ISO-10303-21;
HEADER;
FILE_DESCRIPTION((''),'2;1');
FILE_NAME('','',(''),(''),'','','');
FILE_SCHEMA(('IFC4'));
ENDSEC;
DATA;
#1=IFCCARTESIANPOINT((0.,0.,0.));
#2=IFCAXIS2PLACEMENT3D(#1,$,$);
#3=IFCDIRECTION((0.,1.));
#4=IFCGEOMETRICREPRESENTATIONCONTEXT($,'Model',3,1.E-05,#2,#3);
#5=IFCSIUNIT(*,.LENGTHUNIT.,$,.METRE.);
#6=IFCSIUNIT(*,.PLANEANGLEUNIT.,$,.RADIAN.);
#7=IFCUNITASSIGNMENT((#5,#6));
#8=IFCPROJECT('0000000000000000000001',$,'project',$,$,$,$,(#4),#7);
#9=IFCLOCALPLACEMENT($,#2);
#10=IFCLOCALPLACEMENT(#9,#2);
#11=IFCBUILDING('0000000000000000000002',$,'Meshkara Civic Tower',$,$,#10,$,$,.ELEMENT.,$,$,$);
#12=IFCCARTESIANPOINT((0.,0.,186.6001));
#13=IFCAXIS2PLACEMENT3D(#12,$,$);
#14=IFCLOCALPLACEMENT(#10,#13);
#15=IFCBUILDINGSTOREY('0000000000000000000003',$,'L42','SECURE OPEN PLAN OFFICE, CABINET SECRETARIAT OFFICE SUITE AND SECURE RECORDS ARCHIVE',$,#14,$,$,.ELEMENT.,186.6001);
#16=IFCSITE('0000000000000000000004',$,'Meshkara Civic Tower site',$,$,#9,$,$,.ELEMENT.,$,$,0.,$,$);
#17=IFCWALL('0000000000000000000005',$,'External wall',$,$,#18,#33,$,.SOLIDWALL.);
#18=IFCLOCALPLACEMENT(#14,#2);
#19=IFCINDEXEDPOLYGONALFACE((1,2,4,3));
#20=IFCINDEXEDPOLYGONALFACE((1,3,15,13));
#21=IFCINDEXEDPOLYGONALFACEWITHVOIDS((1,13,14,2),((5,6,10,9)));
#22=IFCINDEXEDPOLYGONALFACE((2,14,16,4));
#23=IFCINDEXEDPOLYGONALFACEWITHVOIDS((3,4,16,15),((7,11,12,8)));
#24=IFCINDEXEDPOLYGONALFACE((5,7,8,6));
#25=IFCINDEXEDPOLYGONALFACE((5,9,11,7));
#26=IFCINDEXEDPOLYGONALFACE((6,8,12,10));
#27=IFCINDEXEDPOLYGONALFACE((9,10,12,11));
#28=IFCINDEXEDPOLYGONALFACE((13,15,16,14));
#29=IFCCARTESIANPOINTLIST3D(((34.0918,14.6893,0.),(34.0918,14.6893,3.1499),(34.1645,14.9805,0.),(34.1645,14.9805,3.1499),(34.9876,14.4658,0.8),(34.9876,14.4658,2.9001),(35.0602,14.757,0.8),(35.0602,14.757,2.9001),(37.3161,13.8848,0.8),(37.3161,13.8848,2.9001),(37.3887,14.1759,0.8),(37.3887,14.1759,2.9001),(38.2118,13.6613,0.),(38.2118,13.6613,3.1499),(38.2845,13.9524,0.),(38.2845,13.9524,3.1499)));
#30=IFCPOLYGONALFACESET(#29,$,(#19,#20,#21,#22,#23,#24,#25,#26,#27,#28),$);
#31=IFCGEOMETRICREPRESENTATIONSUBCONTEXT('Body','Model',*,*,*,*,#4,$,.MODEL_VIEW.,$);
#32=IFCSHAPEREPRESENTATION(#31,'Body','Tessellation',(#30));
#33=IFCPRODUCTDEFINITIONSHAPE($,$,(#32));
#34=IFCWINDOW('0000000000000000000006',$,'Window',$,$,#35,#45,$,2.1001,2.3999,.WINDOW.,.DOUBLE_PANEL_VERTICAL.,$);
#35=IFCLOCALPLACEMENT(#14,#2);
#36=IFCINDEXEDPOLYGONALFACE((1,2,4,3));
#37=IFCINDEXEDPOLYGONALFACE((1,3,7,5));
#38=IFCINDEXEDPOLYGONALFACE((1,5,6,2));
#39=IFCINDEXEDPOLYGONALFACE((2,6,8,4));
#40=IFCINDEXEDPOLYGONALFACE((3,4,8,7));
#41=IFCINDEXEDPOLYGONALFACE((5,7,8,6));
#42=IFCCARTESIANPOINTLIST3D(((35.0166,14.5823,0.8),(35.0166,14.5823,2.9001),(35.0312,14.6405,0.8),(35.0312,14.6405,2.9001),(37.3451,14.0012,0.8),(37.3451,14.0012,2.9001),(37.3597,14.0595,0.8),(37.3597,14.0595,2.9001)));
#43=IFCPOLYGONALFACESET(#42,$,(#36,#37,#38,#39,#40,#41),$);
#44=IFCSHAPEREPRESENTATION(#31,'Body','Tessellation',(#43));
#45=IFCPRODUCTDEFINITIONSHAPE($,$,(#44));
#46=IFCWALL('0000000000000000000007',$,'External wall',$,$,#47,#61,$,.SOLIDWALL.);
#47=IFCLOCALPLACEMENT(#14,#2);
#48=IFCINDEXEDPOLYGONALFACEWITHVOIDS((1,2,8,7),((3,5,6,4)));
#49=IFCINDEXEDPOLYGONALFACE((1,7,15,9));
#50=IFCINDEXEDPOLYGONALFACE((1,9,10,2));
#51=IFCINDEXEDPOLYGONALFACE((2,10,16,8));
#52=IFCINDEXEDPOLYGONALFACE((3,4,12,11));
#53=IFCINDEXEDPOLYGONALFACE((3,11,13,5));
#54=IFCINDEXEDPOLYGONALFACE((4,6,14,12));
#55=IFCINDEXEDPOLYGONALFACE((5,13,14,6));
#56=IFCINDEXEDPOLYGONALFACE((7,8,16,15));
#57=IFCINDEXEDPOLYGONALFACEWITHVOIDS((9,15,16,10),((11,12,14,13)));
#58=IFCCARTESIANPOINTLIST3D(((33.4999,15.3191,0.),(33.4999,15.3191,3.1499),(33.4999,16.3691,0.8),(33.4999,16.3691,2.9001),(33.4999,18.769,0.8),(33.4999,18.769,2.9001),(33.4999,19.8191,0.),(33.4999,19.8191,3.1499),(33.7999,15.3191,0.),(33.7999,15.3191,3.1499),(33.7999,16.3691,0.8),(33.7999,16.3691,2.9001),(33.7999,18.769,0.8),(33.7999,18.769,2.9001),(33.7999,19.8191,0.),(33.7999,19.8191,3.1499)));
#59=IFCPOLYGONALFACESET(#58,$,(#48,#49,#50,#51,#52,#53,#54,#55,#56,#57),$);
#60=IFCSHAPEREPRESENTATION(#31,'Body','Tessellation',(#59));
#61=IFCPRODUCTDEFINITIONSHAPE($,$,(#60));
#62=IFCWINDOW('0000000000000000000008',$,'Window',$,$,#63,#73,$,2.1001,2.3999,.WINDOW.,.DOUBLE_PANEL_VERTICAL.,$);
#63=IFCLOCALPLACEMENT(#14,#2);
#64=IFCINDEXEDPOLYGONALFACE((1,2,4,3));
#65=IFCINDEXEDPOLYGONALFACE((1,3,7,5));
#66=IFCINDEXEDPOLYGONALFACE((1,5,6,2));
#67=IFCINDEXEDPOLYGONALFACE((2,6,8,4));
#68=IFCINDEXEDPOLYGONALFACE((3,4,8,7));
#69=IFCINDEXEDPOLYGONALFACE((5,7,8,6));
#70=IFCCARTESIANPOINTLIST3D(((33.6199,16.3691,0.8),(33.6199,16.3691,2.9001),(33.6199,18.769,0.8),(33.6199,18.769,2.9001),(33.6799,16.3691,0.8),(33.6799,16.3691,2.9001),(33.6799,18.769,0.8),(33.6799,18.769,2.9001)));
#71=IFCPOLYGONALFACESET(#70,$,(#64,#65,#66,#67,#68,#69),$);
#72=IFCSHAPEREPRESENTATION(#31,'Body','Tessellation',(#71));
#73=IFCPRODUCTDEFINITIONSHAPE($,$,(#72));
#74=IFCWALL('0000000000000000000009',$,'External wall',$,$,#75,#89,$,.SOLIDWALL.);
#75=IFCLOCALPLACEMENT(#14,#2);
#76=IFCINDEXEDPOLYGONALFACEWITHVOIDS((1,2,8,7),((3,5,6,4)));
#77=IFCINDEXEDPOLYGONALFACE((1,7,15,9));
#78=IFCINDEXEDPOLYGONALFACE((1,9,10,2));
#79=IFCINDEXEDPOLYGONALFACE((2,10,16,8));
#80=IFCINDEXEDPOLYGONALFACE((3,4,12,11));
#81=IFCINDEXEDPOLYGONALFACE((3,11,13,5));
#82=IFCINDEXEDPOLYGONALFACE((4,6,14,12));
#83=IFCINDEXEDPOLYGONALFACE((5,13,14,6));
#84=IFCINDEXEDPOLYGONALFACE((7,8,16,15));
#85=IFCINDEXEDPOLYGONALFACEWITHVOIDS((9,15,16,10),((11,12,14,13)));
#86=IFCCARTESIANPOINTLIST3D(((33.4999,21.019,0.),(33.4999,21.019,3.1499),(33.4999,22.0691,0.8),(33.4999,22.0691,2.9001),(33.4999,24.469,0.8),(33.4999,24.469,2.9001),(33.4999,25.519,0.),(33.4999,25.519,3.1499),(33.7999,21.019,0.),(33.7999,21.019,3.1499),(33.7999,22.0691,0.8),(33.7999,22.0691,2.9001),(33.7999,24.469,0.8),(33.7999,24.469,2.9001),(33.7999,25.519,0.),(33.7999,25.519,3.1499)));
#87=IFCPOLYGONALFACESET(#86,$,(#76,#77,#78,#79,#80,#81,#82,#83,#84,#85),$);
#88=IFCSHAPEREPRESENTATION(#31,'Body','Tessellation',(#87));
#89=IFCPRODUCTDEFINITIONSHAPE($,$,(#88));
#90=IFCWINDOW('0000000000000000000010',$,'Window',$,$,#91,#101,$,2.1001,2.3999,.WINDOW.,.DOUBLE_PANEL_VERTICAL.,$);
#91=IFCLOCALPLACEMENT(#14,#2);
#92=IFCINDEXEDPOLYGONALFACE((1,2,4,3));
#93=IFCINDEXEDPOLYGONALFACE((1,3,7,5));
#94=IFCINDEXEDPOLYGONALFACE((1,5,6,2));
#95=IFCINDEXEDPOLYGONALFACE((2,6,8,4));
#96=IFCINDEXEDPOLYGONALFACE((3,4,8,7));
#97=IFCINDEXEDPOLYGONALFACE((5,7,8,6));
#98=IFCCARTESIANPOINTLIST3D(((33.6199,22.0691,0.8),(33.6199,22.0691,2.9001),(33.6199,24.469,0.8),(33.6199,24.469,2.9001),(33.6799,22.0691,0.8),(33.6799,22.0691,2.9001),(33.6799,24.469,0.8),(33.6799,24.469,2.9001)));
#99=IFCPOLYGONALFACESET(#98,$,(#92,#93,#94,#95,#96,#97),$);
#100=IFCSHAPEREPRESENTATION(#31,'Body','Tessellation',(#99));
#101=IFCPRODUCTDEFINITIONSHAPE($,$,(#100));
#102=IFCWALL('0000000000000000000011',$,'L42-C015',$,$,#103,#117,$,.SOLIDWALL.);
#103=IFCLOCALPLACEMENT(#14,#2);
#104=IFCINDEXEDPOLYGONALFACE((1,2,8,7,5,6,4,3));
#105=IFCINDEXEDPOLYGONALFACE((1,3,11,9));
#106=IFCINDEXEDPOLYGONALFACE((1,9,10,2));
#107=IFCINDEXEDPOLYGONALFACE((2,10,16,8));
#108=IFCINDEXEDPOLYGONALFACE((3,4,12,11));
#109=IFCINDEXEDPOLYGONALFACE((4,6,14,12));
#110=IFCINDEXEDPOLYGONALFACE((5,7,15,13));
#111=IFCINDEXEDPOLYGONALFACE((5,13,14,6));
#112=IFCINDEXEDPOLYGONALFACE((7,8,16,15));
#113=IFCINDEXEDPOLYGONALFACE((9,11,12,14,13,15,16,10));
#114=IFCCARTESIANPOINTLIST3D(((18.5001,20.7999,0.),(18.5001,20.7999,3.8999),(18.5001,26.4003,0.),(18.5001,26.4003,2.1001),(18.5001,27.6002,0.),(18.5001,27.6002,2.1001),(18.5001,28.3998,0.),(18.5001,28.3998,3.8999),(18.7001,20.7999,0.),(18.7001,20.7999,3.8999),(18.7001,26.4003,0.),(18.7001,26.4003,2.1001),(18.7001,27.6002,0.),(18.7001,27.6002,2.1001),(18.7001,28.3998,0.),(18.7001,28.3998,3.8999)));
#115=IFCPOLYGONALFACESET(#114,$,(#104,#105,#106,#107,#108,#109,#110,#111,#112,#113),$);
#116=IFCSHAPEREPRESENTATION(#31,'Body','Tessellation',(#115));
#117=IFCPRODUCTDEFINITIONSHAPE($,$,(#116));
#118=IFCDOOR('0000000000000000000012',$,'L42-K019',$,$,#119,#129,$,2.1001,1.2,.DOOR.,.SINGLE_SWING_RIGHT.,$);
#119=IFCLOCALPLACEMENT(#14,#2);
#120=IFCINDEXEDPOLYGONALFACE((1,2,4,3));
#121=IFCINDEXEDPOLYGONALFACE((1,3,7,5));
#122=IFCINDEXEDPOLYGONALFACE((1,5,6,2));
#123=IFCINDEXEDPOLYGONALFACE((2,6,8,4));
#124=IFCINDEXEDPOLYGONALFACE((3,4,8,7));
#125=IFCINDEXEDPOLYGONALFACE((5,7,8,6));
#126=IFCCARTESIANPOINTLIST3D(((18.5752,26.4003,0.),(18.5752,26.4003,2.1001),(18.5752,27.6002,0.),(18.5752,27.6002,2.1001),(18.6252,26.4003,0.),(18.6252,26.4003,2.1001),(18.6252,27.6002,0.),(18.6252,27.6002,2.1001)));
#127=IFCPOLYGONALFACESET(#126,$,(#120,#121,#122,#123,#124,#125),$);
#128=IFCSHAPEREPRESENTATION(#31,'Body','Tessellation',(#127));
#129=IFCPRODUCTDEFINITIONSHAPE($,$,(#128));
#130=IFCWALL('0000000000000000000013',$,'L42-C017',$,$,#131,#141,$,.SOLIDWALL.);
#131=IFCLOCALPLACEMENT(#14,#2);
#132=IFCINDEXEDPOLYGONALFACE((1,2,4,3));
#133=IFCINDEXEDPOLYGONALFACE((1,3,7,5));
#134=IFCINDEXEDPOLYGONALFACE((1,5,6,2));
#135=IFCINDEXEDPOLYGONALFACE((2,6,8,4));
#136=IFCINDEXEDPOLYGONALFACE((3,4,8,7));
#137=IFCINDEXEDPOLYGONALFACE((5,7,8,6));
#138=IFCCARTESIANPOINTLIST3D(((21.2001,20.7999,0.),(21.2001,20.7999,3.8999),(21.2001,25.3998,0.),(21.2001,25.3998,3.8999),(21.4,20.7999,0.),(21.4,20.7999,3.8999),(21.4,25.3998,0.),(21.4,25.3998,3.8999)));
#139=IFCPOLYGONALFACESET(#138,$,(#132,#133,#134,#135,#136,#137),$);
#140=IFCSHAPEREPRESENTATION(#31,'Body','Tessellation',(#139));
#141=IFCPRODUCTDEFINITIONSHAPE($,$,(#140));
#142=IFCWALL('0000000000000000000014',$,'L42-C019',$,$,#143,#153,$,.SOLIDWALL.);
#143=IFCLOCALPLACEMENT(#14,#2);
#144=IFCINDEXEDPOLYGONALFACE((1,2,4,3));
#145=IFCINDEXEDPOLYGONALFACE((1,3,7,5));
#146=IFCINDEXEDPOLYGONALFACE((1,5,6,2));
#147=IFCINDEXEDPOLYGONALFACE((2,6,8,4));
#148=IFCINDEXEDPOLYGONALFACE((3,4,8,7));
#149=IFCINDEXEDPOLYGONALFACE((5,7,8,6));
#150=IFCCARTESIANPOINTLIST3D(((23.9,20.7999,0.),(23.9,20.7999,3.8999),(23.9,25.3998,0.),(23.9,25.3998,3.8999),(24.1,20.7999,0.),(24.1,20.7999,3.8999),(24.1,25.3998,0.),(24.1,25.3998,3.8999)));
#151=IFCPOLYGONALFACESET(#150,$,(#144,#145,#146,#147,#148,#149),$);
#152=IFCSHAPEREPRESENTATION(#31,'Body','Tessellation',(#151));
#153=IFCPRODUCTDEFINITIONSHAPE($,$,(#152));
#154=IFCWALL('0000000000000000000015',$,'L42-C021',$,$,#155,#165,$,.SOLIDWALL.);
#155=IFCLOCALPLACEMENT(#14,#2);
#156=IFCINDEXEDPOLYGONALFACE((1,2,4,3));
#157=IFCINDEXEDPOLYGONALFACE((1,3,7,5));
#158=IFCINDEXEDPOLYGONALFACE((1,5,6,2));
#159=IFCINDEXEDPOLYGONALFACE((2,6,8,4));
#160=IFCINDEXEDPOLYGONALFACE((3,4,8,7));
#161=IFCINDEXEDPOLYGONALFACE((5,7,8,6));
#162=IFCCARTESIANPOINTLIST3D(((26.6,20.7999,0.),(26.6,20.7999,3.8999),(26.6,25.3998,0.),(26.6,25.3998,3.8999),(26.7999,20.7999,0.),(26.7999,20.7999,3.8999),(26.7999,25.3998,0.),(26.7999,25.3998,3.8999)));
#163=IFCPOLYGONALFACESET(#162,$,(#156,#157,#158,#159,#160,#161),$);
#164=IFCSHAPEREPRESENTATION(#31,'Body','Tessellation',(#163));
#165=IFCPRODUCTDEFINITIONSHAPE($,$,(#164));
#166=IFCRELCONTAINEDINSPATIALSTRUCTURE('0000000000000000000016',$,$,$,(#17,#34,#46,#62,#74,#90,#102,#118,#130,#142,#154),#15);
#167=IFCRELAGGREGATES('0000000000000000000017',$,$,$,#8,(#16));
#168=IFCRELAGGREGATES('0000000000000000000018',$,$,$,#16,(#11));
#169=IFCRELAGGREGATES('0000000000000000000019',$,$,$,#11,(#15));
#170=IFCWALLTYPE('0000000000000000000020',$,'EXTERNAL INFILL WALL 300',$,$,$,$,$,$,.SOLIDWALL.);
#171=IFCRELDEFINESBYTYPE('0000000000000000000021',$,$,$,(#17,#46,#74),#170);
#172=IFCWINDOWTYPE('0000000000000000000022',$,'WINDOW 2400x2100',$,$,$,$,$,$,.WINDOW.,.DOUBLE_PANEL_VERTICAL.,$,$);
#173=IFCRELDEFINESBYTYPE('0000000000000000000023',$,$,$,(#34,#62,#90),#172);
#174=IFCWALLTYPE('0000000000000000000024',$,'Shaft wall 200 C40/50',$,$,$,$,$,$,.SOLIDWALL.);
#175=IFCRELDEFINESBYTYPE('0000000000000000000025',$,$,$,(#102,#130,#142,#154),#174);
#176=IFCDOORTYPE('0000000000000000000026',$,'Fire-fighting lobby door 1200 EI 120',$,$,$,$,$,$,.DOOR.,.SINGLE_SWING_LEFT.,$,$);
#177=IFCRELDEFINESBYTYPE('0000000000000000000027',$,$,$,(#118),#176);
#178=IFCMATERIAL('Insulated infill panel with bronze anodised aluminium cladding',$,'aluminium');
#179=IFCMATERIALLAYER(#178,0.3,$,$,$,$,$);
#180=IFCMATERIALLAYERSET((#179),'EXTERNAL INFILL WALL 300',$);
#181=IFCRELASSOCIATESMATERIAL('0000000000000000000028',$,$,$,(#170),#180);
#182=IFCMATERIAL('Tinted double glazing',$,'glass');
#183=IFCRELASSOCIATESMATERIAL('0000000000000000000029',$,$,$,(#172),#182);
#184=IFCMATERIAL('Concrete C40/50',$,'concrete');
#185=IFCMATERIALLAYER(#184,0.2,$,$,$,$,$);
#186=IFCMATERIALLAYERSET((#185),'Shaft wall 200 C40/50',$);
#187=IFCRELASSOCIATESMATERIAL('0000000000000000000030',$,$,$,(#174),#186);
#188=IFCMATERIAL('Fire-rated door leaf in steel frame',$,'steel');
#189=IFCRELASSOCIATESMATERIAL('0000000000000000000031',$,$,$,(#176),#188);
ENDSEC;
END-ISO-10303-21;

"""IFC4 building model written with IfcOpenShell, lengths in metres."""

from ifc_helpers import new_model, si_unit, direction, frame, frame_2d, origin, place, context, subcontext, project, spatial, rectangle, extrude, material, layer, layer_set, type_object, element, fill, save


model = new_model("IFC4")

# Units and contexts
model_context = context("Model", 3, precision=1e-05, world=origin(), true_north=direction((0.0, 1.0)))
body_context = subcontext(model_context, "Body", "Model", "MODEL_VIEW")
ifc_project = project(units=[si_unit("LENGTHUNIT", "METRE"), si_unit("PLANEANGLEUNIT", "RADIAN")], contexts=[model_context])

# Site, building, storey
site_placement = place(None, origin())
site = spatial("IfcSite", under=ifc_project, at=site_placement, Name="Meshkara Civic Tower site", CompositionType="ELEMENT", RefElevation=0.0)
building_placement = place(site_placement, origin())
building = spatial("IfcBuilding", under=site, at=building_placement, Name="Meshkara Civic Tower", CompositionType="ELEMENT")
storey_placement = place(building_placement, frame((0.0, 0.0, 186.6001)))
storey = spatial("IfcBuildingStorey", under=building, at=storey_placement, Name="L42", Description="SECURE OPEN PLAN OFFICE, CABINET SECRETARIAT OFFICE SUITE AND SECURE RECORDS ARCHIVE", CompositionType="ELEMENT", Elevation=186.6001)

# Walls, openings, windows
ifc_material_1 = material(Name="Insulated infill panel with bronze anodised aluminium cladding", Category="aluminium")
ifc_layer_1 = layer(ifc_material_1, 0.3)
ifc_layer_set_1 = layer_set([ifc_layer_1], Name="EXTERNAL INFILL WALL 300")
wall_type_1 = type_object("IfcWallType", Name="EXTERNAL INFILL WALL 300", PredefinedType="SOLIDWALL", material=ifc_layer_set_1)
wall_1_placement = place(storey_placement, frame((38.248, 13.8069, 0.0), z_axis=(0.0, 0.0, 1.0), x_axis=(-0.970251, 0.242103, 0.0)))
wall_1 = element("IfcWall", 1, at=wall_1_placement, inside=storey, type_object=wall_type_1, Name="External wall", PredefinedType="SOLIDWALL", context=body_context, shape_type="SweptSolid", body=[
    extrude(rectangle(XDim=4.2463, YDim=0.3, at=frame_2d((2.123, 0.0))), origin(), (0.0, 0.0, 1.0), 3.1499),
])
opening_1_placement = place(wall_1_placement, frame((0.9231, 0.0, 0.8)))
opening_1 = element("IfcOpeningElement", 2, at=opening_1_placement, cuts=wall_1, PredefinedType="OPENING", context=body_context, shape_type="SweptSolid", body=[
    extrude(rectangle(XDim=2.3999, YDim=2.1001, at=frame_2d((1.2, 1.05))), frame((0.0, 0.1599, 0.0), z_axis=(0.0, -1.0, 0.0), x_axis=(1.0, 0.0, 0.0)), (0.0, 0.0, 1.0), 0.3201),
])
ifc_material_2 = material(Name="Tinted double glazing", Category="glass")
window_type = type_object("IfcWindowType", Name="WINDOW 2400x2100", PartitioningType="DOUBLE_PANEL_VERTICAL", PredefinedType="WINDOW", material=ifc_material_2)
window_1_placement = place(opening_1_placement, origin())
window_1 = element("IfcWindow", 3, at=window_1_placement, inside=storey, type_object=window_type, Name="Window", OverallHeight=2.1001, OverallWidth=2.3999, PartitioningType="DOUBLE_PANEL_VERTICAL", PredefinedType="WINDOW", context=body_context, shape_type="SweptSolid", body=[
    extrude(rectangle(XDim=2.3999, YDim=2.1001, at=frame_2d((1.2, 1.05))), frame((0.0, 0.03, 0.0), z_axis=(0.0, -1.0, 0.0), x_axis=(1.0, 0.0, 0.0)), (0.0, 0.0, 1.0), 0.0601),
])
fill(opening_1, window_1)
wall_2_placement = place(storey_placement, frame((33.6499, 15.3191, 0.0), z_axis=(0.0, 0.0, 1.0), x_axis=(0.0, 1.0, 0.0)))
wall_2 = element("IfcWall", 4, at=wall_2_placement, inside=storey, type_object=wall_type_1, Name="External wall", PredefinedType="SOLIDWALL", context=body_context, shape_type="SweptSolid", body=[
    extrude(rectangle(XDim=4.5, YDim=0.3, at=frame_2d((2.25, 0.0))), origin(), (0.0, 0.0, 1.0), 3.1499),
])
opening_2_placement = place(wall_2_placement, frame((1.05, 0.0, 0.8)))
opening_2 = element("IfcOpeningElement", 5, at=opening_2_placement, cuts=wall_2, PredefinedType="OPENING", context=body_context, shape_type="SweptSolid", body=[
    extrude(rectangle(XDim=2.3999, YDim=2.1001, at=frame_2d((1.2, 1.05))), frame((0.0, 0.1599, 0.0), z_axis=(0.0, -1.0, 0.0), x_axis=(1.0, 0.0, 0.0)), (0.0, 0.0, 1.0), 0.3201),
])
window_2_placement = place(opening_2_placement, origin())
window_2 = element("IfcWindow", 6, at=window_2_placement, inside=storey, type_object=window_type, Name="Window", OverallHeight=2.1001, OverallWidth=2.3999, PartitioningType="DOUBLE_PANEL_VERTICAL", PredefinedType="WINDOW", context=body_context, shape_type="SweptSolid", body=[
    extrude(rectangle(XDim=2.3999, YDim=2.1001, at=frame_2d((1.2, 1.05))), frame((0.0, 0.03, 0.0), z_axis=(0.0, -1.0, 0.0), x_axis=(1.0, 0.0, 0.0)), (0.0, 0.0, 1.0), 0.0601),
])
fill(opening_2, window_2)
wall_3_placement = place(storey_placement, frame((33.6499, 21.019, 0.0), z_axis=(0.0, 0.0, 1.0), x_axis=(0.0, 1.0, 0.0)))
wall_3 = element("IfcWall", 7, at=wall_3_placement, inside=storey, type_object=wall_type_1, Name="External wall", PredefinedType="SOLIDWALL", context=body_context, shape_type="SweptSolid", body=[
    extrude(rectangle(XDim=4.5, YDim=0.3, at=frame_2d((2.25, 0.0))), origin(), (0.0, 0.0, 1.0), 3.1499),
])
opening_3_placement = place(wall_3_placement, frame((1.05, 0.0, 0.8)))
opening_3 = element("IfcOpeningElement", 8, at=opening_3_placement, cuts=wall_3, PredefinedType="OPENING", context=body_context, shape_type="SweptSolid", body=[
    extrude(rectangle(XDim=2.3999, YDim=2.1001, at=frame_2d((1.2, 1.05))), frame((0.0, 0.1599, 0.0), z_axis=(0.0, -1.0, 0.0), x_axis=(1.0, 0.0, 0.0)), (0.0, 0.0, 1.0), 0.3201),
])
window_3_placement = place(opening_3_placement, origin())
window_3 = element("IfcWindow", 9, at=window_3_placement, inside=storey, type_object=window_type, Name="Window", OverallHeight=2.1001, OverallWidth=2.3999, PartitioningType="DOUBLE_PANEL_VERTICAL", PredefinedType="WINDOW", context=body_context, shape_type="SweptSolid", body=[
    extrude(rectangle(XDim=2.3999, YDim=2.1001, at=frame_2d((1.2, 1.05))), frame((0.0, 0.03, 0.0), z_axis=(0.0, -1.0, 0.0), x_axis=(1.0, 0.0, 0.0)), (0.0, 0.0, 1.0), 0.0601),
])
fill(opening_3, window_3)

# Wall, opening, door
ifc_material_3 = material(Name="Concrete C40/50", Category="concrete")
ifc_layer_2 = layer(ifc_material_3, 0.2)
ifc_layer_set_2 = layer_set([ifc_layer_2], Name="Shaft wall 200 C40/50")
wall_type_2 = type_object("IfcWallType", Name="Shaft wall 200 C40/50", PredefinedType="SOLIDWALL", material=ifc_layer_set_2)
wall_4_placement = place(storey_placement, frame((18.6001, 20.8, 0.0), z_axis=(0.0, 0.0, 1.0), x_axis=(0.0, 1.0, 0.0)))
wall_4 = element("IfcWall", 10, at=wall_4_placement, inside=storey, type_object=wall_type_2, Name="L42-C015", PredefinedType="SOLIDWALL", context=body_context, shape_type="SweptSolid", body=[
    extrude(rectangle(XDim=7.5999, YDim=0.2, at=frame_2d((3.7998, 0.0))), origin(), (0.0, 0.0, 1.0), 3.8999),
])
opening_4_placement = place(wall_4_placement, frame((5.6001, 0.0, 0.0)))
opening_4 = element("IfcOpeningElement", 11, at=opening_4_placement, cuts=wall_4, PredefinedType="OPENING", context=body_context, shape_type="SweptSolid", body=[
    extrude(rectangle(XDim=1.2, YDim=2.1001, at=frame_2d((0.6001, 1.05))), frame((0.0, 0.1099, 0.0), z_axis=(0.0, -1.0, 0.0), x_axis=(1.0, 0.0, 0.0)), (0.0, 0.0, 1.0), 0.22),
])
ifc_material_4 = material(Name="Fire-rated door leaf in steel frame", Category="steel")
door_type_1 = type_object("IfcDoorType", Name="Fire-fighting lobby door 1200 EI 120", OperationType="SINGLE_SWING_LEFT", PredefinedType="DOOR", material=ifc_material_4)
door_1_placement = place(opening_4_placement, origin())
door_1 = element("IfcDoor", 12, at=door_1_placement, inside=storey, type_object=door_type_1, Name="L42-K019", OperationType="SINGLE_SWING_RIGHT", OverallHeight=2.1001, OverallWidth=1.2, PredefinedType="DOOR", context=body_context, shape_type="SweptSolid", body=[
    extrude(rectangle(XDim=1.2, YDim=2.1001, at=frame_2d((0.6001, 1.05))), frame((0.0, 0.0249, 0.0), z_axis=(0.0, -1.0, 0.0), x_axis=(1.0, 0.0, 0.0)), (0.0, 0.0, 1.0), 0.05),
])
fill(opening_4, door_1)

# Walls
for number, where, z_axis, x_axis, name in (
    (13, (21.3, 20.8, 0.0), (0.0, 0.0, 1.0), (0.0, 1.0, 0.0), "L42-C017"),
    (14, (24.0, 20.8, 0.0), (0.0, 0.0, 1.0), (0.0, 1.0, 0.0), "L42-C019"),
    (15, (26.7, 20.8, 0.0), (0.0, 0.0, 1.0), (0.0, 1.0, 0.0), "L42-C021"),
):
    element("IfcWall", number, at=place(storey_placement, frame(where, z_axis=z_axis, x_axis=x_axis)), inside=storey, type_object=wall_type_2, Name=name, PredefinedType="SOLIDWALL", context=body_context, shape_type="SweptSolid", body=[
        extrude(rectangle(XDim=4.5999, YDim=0.2, at=frame_2d((2.2998, 0.0))), origin(), (0.0, 0.0, 1.0), 3.8999),
    ])

save(model, "model.ifc")
